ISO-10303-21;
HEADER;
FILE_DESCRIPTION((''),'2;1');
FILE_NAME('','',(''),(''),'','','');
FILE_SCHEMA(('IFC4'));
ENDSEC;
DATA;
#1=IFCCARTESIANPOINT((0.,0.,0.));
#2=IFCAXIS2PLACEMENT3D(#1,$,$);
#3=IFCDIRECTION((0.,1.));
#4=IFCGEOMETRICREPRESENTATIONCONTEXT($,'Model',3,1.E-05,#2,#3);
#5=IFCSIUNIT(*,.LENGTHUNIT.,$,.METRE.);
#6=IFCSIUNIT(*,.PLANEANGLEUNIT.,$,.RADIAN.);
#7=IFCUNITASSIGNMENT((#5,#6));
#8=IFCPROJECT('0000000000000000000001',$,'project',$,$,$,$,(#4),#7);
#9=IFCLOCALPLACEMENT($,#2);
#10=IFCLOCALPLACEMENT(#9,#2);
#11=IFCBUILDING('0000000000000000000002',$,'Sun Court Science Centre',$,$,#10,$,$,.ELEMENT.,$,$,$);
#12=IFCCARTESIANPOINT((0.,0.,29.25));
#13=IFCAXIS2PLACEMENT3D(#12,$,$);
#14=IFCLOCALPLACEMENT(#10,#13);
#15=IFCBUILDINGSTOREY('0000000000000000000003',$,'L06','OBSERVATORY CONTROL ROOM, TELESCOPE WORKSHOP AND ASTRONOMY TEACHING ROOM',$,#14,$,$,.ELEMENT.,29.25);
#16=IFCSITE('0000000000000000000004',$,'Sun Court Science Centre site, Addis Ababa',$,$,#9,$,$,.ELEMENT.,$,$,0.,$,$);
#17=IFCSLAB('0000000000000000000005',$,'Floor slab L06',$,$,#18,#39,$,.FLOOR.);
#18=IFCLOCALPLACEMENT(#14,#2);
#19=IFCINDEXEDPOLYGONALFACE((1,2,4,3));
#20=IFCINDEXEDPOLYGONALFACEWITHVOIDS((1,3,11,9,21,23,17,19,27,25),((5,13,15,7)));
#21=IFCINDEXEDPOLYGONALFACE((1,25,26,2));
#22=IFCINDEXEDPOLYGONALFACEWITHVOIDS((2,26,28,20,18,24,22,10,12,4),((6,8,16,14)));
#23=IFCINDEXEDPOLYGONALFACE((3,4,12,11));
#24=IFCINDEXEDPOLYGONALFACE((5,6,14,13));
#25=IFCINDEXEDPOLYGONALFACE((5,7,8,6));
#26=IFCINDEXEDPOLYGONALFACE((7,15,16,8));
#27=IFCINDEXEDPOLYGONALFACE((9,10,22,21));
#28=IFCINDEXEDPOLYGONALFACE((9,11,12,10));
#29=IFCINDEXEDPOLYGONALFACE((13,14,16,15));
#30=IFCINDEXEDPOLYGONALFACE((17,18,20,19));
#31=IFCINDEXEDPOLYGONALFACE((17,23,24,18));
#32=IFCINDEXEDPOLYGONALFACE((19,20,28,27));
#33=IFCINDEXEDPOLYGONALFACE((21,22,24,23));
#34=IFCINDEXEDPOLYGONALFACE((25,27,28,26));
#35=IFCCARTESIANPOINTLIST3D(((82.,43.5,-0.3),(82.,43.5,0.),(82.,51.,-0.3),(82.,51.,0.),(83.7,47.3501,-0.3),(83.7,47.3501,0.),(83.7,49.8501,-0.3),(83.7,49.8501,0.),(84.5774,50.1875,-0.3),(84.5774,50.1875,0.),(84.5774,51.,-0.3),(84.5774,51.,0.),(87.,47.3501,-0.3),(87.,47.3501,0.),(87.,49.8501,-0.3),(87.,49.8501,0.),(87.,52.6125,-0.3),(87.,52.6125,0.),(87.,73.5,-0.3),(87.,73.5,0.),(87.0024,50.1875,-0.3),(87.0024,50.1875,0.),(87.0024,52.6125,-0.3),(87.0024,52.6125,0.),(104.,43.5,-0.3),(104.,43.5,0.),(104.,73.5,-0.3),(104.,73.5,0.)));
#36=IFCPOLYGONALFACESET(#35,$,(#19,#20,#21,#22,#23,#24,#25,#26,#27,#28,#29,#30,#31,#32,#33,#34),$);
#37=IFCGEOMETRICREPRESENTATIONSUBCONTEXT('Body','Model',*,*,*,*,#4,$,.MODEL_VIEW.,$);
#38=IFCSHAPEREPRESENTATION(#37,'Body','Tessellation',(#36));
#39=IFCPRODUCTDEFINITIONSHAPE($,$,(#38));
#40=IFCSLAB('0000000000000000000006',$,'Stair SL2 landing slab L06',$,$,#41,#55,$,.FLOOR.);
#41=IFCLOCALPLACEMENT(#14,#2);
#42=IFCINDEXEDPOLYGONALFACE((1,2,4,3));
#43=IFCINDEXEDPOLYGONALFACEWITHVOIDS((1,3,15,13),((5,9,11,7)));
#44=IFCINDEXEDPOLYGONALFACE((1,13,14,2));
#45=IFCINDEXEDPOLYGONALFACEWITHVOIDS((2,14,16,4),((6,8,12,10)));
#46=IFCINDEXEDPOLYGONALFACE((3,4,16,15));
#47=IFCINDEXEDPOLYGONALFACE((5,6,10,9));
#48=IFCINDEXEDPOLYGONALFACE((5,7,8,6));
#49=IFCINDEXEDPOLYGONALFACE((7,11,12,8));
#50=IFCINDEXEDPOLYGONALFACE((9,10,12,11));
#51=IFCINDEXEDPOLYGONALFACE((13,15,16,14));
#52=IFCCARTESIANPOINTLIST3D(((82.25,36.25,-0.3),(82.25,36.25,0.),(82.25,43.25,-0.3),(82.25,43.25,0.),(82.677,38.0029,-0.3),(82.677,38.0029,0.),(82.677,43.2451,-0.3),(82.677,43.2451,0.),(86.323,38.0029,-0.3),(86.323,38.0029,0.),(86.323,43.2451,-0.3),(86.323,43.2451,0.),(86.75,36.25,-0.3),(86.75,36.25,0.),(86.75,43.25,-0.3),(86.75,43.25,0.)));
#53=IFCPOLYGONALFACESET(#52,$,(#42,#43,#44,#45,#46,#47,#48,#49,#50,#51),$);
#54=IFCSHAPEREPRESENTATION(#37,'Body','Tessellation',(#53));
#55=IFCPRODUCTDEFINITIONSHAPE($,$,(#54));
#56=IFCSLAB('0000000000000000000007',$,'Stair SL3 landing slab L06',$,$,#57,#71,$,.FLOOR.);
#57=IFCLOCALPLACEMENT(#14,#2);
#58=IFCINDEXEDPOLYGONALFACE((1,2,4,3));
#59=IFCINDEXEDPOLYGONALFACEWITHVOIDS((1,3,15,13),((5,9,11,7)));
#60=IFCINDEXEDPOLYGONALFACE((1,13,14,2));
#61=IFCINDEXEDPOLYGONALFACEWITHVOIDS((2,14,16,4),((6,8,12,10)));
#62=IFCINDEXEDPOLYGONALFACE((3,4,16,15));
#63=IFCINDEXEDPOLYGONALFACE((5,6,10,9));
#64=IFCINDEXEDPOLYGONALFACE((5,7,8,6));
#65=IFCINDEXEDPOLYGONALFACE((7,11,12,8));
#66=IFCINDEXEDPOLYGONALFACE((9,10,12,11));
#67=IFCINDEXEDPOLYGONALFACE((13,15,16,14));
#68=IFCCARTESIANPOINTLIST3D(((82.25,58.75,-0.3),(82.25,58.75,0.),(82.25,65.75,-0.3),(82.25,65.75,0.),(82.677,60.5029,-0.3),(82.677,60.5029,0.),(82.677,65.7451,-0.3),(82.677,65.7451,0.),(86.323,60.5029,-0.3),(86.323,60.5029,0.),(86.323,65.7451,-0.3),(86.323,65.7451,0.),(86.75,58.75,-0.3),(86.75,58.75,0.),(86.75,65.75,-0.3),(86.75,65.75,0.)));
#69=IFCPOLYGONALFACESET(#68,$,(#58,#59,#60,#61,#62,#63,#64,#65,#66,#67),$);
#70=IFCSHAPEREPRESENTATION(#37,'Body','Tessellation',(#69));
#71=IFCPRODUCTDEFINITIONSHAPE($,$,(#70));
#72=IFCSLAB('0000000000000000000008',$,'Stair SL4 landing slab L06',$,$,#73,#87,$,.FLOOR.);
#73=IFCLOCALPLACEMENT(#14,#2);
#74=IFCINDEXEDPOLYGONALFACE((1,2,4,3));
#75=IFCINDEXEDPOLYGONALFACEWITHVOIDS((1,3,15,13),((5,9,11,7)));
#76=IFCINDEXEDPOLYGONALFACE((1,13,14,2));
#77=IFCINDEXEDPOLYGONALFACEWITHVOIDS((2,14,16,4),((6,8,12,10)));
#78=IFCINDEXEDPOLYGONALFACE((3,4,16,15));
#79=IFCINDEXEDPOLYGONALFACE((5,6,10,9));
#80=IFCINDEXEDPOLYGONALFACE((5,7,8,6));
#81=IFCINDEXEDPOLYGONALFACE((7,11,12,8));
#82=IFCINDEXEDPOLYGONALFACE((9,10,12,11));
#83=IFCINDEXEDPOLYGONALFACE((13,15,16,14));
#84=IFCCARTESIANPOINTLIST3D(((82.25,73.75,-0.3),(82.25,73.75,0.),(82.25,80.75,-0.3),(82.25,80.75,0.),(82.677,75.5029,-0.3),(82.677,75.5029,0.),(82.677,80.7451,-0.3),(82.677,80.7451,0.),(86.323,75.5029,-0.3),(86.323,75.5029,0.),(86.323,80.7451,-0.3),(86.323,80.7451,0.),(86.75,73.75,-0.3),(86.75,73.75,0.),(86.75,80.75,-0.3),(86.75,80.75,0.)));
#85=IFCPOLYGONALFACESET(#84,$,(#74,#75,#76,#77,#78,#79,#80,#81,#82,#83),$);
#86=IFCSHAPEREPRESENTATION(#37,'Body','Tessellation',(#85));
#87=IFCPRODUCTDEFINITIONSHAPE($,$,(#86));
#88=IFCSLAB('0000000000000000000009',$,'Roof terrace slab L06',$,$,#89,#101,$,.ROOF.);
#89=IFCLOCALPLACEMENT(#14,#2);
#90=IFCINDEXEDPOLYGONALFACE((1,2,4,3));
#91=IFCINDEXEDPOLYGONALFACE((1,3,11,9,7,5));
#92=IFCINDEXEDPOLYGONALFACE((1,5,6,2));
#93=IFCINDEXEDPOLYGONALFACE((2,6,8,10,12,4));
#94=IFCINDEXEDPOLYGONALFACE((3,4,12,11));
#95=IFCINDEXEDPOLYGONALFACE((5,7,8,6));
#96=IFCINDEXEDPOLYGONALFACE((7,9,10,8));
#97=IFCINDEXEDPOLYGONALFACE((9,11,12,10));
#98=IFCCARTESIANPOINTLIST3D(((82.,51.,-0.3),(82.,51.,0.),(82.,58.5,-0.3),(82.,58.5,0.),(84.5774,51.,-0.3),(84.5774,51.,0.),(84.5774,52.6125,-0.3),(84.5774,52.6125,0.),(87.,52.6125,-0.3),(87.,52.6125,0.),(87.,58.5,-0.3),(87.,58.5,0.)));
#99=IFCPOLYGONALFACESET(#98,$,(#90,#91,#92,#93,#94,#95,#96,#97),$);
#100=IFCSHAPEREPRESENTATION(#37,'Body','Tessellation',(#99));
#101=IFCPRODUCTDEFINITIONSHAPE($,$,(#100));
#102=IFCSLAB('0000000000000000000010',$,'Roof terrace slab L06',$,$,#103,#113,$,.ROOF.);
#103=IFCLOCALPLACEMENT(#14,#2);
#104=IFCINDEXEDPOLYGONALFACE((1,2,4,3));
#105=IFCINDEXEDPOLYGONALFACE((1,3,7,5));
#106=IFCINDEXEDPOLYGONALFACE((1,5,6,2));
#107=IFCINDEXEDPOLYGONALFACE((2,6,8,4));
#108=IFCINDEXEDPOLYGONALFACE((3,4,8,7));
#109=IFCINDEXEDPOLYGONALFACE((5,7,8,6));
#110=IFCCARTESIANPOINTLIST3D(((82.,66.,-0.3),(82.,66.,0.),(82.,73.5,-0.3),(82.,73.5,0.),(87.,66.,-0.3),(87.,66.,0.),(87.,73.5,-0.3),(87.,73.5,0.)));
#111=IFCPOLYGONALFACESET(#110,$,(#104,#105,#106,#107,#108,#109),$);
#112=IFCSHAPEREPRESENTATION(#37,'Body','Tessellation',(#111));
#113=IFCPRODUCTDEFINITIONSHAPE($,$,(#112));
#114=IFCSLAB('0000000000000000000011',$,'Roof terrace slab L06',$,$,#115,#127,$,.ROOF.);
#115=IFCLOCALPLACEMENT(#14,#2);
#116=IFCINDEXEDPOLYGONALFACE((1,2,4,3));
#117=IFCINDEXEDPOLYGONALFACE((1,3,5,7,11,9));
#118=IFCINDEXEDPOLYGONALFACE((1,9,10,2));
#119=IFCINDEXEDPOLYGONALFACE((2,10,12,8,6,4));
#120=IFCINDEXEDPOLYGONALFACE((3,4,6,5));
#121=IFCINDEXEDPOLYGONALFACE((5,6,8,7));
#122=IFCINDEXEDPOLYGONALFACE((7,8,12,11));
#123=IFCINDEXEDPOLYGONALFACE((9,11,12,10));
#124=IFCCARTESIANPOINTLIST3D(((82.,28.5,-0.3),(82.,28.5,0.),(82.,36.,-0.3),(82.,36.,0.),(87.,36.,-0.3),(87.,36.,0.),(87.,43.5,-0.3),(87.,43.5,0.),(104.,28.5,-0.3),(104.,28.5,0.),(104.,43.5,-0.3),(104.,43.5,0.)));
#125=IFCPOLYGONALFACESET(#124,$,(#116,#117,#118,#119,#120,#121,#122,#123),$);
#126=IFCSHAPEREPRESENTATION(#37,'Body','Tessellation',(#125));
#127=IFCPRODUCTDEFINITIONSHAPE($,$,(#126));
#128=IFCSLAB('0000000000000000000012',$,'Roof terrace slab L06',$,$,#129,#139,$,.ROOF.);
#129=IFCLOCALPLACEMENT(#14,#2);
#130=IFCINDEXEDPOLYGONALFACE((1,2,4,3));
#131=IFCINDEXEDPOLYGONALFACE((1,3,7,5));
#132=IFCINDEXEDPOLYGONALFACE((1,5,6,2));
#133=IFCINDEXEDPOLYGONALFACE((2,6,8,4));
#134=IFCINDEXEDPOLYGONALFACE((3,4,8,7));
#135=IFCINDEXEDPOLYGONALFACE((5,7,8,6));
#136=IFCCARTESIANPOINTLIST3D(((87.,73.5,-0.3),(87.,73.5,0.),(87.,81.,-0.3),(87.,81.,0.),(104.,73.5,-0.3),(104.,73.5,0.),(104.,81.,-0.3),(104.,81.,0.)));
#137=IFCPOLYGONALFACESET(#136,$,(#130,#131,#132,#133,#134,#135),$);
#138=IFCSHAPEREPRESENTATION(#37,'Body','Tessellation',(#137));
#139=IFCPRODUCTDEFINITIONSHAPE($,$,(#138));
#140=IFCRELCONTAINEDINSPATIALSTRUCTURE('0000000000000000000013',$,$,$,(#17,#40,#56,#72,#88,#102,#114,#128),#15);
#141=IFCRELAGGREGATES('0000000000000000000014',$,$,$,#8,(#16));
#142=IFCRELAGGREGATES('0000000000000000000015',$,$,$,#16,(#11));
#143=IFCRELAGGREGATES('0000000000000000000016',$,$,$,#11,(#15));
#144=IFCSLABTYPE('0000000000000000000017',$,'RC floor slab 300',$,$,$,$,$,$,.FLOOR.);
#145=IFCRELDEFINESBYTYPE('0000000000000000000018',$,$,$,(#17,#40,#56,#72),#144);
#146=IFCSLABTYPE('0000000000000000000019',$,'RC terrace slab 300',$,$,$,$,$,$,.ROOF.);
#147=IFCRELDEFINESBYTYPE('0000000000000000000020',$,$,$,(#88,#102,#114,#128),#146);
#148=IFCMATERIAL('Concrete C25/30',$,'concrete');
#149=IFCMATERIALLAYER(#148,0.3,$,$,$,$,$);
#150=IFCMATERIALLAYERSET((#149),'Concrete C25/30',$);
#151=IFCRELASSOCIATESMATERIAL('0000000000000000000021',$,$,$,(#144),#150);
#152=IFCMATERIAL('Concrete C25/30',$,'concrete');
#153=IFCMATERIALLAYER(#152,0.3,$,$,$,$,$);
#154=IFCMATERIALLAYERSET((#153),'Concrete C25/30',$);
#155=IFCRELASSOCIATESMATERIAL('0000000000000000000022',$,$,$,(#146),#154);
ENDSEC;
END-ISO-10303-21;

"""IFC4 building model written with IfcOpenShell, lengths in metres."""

from ifc_helpers import new_model, si_unit, direction, frame, origin, place, context, subcontext, project, spatial, polyline, outline, extrude, material, layer, layer_set, type_object, element, save


model = new_model("IFC4")

# Units and contexts
model_context = context("Model", 3, precision=1e-05, world=origin(), true_north=direction((0.0, 1.0)))
body_context = subcontext(model_context, "Body", "Model", "MODEL_VIEW")
ifc_project = project(units=[si_unit("LENGTHUNIT", "METRE"), si_unit("PLANEANGLEUNIT", "RADIAN")], contexts=[model_context])

# Site, building, storey
site_placement = place(None, origin())
site = spatial("IfcSite", under=ifc_project, at=site_placement, Name="Sun Court Science Centre site, Addis Ababa", CompositionType="ELEMENT", RefElevation=0.0)
building_placement = place(site_placement, origin())
building = spatial("IfcBuilding", under=site, at=building_placement, Name="Sun Court Science Centre", CompositionType="ELEMENT")
storey_placement = place(building_placement, frame((0.0, 0.0, 29.25)))
storey = spatial("IfcBuildingStorey", under=building, at=storey_placement, Name="L06", Description="OBSERVATORY CONTROL ROOM, TELESCOPE WORKSHOP AND ASTRONOMY TEACHING ROOM", CompositionType="ELEMENT", Elevation=29.25)

# Slabs
ifc_material_1 = material(Name="Concrete C25/30", Category="concrete")
ifc_layer_1 = layer(ifc_material_1, 0.3)
ifc_layer_set_1 = layer_set([ifc_layer_1], Name="Concrete C25/30")
slab_type_1 = type_object("IfcSlabType", Name="RC floor slab 300", PredefinedType="FLOOR", material=ifc_layer_set_1)
slab_1_placement = place(storey_placement, frame((0.0, 0.0, -0.3)))
element("IfcSlab", 1, at=slab_1_placement, inside=storey, type_object=slab_type_1, Name="Floor slab L06", PredefinedType="FLOOR", context=body_context, shape_type="SweptSolid", body=[
    extrude(outline(polyline([(82.0, 51.0), (82.0, 43.5), (104.0, 43.5), (104.0, 73.5), (87.0, 73.5), (87.0, 52.6125), (87.0024, 52.6125), (87.0024, 50.1875), (84.5774, 50.1875), (84.5774, 51.0), (82.0, 51.0)]), holes=[polyline([(83.7, 49.8501), (87.0, 49.8501), (87.0, 47.3501), (83.7, 47.3501), (83.7, 49.8501)])]), origin(), (0.0, 0.0, 1.0), 0.3),
])
slab_2_placement = place(storey_placement, frame((0.0, 0.0, -0.3)))
element("IfcSlab", 2, at=slab_2_placement, inside=storey, type_object=slab_type_1, Name="Stair SL2 landing slab L06", PredefinedType="FLOOR", context=body_context, shape_type="SweptSolid", body=[
    extrude(outline(polyline([(82.25, 43.25), (82.25, 36.25), (86.75, 36.25), (86.75, 43.25), (82.25, 43.25)]), holes=[polyline([(86.323, 43.2451), (86.323, 38.0029), (82.677, 38.0029), (82.677, 43.2451), (86.323, 43.2451)])]), origin(), (0.0, 0.0, 1.0), 0.3),
])
slab_3_placement = place(storey_placement, frame((0.0, 0.0, -0.3)))
element("IfcSlab", 3, at=slab_3_placement, inside=storey, type_object=slab_type_1, Name="Stair SL3 landing slab L06", PredefinedType="FLOOR", context=body_context, shape_type="SweptSolid", body=[
    extrude(outline(polyline([(82.25, 65.75), (82.25, 58.75), (86.75, 58.75), (86.75, 65.75), (82.25, 65.75)]), holes=[polyline([(86.323, 65.7451), (86.323, 60.5029), (82.677, 60.5029), (82.677, 65.7451), (86.323, 65.7451)])]), origin(), (0.0, 0.0, 1.0), 0.3),
])
slab_4_placement = place(storey_placement, frame((0.0, 0.0, -0.3)))
element("IfcSlab", 4, at=slab_4_placement, inside=storey, type_object=slab_type_1, Name="Stair SL4 landing slab L06", PredefinedType="FLOOR", context=body_context, shape_type="SweptSolid", body=[
    extrude(outline(polyline([(82.25, 80.75), (82.25, 73.75), (86.75, 73.75), (86.75, 80.75), (82.25, 80.75)]), holes=[polyline([(86.323, 80.7451), (86.323, 75.5029), (82.677, 75.5029), (82.677, 80.7451), (86.323, 80.7451)])]), origin(), (0.0, 0.0, 1.0), 0.3),
])
ifc_material_2 = material(Name="Concrete C25/30", Category="concrete")
ifc_layer_2 = layer(ifc_material_2, 0.3)
ifc_layer_set_2 = layer_set([ifc_layer_2], Name="Concrete C25/30")
slab_type_2 = type_object("IfcSlabType", Name="RC terrace slab 300", PredefinedType="ROOF", material=ifc_layer_set_2)
slab_5_placement = place(storey_placement, frame((0.0, 0.0, -0.3)))
element("IfcSlab", 5, at=slab_5_placement, inside=storey, type_object=slab_type_2, Name="Roof terrace slab L06", PredefinedType="ROOF", context=body_context, shape_type="SweptSolid", body=[
    extrude(outline(polyline([(87.0, 52.6125), (87.0, 58.5), (82.0, 58.5), (82.0, 51.0), (84.5774, 51.0), (84.5774, 52.6125), (87.0, 52.6125)])), origin(), (0.0, 0.0, 1.0), 0.3),
])
slab_6_placement = place(storey_placement, frame((0.0, 0.0, -0.3)))
element("IfcSlab", 6, at=slab_6_placement, inside=storey, type_object=slab_type_2, Name="Roof terrace slab L06", PredefinedType="ROOF", context=body_context, shape_type="SweptSolid", body=[
    extrude(outline(polyline([(87.0, 66.0), (87.0, 73.5), (82.0, 73.5), (82.0, 66.0), (87.0, 66.0)])), origin(), (0.0, 0.0, 1.0), 0.3),
])
slab_7_placement = place(storey_placement, frame((0.0, 0.0, -0.3)))
element("IfcSlab", 7, at=slab_7_placement, inside=storey, type_object=slab_type_2, Name="Roof terrace slab L06", PredefinedType="ROOF", context=body_context, shape_type="SweptSolid", body=[
    extrude(outline(polyline([(82.0, 36.0), (82.0, 28.5), (104.0, 28.5), (104.0, 43.5), (87.0, 43.5), (87.0, 36.0), (82.0, 36.0)])), origin(), (0.0, 0.0, 1.0), 0.3),
])
slab_8_placement = place(storey_placement, frame((0.0, 0.0, -0.3)))
element("IfcSlab", 8, at=slab_8_placement, inside=storey, type_object=slab_type_2, Name="Roof terrace slab L06", PredefinedType="ROOF", context=body_context, shape_type="SweptSolid", body=[
    extrude(outline(polyline([(87.0, 73.5), (104.0, 73.5), (104.0, 81.0), (87.0, 81.0), (87.0, 73.5)])), origin(), (0.0, 0.0, 1.0), 0.3),
])

save(model, "model.ifc")
